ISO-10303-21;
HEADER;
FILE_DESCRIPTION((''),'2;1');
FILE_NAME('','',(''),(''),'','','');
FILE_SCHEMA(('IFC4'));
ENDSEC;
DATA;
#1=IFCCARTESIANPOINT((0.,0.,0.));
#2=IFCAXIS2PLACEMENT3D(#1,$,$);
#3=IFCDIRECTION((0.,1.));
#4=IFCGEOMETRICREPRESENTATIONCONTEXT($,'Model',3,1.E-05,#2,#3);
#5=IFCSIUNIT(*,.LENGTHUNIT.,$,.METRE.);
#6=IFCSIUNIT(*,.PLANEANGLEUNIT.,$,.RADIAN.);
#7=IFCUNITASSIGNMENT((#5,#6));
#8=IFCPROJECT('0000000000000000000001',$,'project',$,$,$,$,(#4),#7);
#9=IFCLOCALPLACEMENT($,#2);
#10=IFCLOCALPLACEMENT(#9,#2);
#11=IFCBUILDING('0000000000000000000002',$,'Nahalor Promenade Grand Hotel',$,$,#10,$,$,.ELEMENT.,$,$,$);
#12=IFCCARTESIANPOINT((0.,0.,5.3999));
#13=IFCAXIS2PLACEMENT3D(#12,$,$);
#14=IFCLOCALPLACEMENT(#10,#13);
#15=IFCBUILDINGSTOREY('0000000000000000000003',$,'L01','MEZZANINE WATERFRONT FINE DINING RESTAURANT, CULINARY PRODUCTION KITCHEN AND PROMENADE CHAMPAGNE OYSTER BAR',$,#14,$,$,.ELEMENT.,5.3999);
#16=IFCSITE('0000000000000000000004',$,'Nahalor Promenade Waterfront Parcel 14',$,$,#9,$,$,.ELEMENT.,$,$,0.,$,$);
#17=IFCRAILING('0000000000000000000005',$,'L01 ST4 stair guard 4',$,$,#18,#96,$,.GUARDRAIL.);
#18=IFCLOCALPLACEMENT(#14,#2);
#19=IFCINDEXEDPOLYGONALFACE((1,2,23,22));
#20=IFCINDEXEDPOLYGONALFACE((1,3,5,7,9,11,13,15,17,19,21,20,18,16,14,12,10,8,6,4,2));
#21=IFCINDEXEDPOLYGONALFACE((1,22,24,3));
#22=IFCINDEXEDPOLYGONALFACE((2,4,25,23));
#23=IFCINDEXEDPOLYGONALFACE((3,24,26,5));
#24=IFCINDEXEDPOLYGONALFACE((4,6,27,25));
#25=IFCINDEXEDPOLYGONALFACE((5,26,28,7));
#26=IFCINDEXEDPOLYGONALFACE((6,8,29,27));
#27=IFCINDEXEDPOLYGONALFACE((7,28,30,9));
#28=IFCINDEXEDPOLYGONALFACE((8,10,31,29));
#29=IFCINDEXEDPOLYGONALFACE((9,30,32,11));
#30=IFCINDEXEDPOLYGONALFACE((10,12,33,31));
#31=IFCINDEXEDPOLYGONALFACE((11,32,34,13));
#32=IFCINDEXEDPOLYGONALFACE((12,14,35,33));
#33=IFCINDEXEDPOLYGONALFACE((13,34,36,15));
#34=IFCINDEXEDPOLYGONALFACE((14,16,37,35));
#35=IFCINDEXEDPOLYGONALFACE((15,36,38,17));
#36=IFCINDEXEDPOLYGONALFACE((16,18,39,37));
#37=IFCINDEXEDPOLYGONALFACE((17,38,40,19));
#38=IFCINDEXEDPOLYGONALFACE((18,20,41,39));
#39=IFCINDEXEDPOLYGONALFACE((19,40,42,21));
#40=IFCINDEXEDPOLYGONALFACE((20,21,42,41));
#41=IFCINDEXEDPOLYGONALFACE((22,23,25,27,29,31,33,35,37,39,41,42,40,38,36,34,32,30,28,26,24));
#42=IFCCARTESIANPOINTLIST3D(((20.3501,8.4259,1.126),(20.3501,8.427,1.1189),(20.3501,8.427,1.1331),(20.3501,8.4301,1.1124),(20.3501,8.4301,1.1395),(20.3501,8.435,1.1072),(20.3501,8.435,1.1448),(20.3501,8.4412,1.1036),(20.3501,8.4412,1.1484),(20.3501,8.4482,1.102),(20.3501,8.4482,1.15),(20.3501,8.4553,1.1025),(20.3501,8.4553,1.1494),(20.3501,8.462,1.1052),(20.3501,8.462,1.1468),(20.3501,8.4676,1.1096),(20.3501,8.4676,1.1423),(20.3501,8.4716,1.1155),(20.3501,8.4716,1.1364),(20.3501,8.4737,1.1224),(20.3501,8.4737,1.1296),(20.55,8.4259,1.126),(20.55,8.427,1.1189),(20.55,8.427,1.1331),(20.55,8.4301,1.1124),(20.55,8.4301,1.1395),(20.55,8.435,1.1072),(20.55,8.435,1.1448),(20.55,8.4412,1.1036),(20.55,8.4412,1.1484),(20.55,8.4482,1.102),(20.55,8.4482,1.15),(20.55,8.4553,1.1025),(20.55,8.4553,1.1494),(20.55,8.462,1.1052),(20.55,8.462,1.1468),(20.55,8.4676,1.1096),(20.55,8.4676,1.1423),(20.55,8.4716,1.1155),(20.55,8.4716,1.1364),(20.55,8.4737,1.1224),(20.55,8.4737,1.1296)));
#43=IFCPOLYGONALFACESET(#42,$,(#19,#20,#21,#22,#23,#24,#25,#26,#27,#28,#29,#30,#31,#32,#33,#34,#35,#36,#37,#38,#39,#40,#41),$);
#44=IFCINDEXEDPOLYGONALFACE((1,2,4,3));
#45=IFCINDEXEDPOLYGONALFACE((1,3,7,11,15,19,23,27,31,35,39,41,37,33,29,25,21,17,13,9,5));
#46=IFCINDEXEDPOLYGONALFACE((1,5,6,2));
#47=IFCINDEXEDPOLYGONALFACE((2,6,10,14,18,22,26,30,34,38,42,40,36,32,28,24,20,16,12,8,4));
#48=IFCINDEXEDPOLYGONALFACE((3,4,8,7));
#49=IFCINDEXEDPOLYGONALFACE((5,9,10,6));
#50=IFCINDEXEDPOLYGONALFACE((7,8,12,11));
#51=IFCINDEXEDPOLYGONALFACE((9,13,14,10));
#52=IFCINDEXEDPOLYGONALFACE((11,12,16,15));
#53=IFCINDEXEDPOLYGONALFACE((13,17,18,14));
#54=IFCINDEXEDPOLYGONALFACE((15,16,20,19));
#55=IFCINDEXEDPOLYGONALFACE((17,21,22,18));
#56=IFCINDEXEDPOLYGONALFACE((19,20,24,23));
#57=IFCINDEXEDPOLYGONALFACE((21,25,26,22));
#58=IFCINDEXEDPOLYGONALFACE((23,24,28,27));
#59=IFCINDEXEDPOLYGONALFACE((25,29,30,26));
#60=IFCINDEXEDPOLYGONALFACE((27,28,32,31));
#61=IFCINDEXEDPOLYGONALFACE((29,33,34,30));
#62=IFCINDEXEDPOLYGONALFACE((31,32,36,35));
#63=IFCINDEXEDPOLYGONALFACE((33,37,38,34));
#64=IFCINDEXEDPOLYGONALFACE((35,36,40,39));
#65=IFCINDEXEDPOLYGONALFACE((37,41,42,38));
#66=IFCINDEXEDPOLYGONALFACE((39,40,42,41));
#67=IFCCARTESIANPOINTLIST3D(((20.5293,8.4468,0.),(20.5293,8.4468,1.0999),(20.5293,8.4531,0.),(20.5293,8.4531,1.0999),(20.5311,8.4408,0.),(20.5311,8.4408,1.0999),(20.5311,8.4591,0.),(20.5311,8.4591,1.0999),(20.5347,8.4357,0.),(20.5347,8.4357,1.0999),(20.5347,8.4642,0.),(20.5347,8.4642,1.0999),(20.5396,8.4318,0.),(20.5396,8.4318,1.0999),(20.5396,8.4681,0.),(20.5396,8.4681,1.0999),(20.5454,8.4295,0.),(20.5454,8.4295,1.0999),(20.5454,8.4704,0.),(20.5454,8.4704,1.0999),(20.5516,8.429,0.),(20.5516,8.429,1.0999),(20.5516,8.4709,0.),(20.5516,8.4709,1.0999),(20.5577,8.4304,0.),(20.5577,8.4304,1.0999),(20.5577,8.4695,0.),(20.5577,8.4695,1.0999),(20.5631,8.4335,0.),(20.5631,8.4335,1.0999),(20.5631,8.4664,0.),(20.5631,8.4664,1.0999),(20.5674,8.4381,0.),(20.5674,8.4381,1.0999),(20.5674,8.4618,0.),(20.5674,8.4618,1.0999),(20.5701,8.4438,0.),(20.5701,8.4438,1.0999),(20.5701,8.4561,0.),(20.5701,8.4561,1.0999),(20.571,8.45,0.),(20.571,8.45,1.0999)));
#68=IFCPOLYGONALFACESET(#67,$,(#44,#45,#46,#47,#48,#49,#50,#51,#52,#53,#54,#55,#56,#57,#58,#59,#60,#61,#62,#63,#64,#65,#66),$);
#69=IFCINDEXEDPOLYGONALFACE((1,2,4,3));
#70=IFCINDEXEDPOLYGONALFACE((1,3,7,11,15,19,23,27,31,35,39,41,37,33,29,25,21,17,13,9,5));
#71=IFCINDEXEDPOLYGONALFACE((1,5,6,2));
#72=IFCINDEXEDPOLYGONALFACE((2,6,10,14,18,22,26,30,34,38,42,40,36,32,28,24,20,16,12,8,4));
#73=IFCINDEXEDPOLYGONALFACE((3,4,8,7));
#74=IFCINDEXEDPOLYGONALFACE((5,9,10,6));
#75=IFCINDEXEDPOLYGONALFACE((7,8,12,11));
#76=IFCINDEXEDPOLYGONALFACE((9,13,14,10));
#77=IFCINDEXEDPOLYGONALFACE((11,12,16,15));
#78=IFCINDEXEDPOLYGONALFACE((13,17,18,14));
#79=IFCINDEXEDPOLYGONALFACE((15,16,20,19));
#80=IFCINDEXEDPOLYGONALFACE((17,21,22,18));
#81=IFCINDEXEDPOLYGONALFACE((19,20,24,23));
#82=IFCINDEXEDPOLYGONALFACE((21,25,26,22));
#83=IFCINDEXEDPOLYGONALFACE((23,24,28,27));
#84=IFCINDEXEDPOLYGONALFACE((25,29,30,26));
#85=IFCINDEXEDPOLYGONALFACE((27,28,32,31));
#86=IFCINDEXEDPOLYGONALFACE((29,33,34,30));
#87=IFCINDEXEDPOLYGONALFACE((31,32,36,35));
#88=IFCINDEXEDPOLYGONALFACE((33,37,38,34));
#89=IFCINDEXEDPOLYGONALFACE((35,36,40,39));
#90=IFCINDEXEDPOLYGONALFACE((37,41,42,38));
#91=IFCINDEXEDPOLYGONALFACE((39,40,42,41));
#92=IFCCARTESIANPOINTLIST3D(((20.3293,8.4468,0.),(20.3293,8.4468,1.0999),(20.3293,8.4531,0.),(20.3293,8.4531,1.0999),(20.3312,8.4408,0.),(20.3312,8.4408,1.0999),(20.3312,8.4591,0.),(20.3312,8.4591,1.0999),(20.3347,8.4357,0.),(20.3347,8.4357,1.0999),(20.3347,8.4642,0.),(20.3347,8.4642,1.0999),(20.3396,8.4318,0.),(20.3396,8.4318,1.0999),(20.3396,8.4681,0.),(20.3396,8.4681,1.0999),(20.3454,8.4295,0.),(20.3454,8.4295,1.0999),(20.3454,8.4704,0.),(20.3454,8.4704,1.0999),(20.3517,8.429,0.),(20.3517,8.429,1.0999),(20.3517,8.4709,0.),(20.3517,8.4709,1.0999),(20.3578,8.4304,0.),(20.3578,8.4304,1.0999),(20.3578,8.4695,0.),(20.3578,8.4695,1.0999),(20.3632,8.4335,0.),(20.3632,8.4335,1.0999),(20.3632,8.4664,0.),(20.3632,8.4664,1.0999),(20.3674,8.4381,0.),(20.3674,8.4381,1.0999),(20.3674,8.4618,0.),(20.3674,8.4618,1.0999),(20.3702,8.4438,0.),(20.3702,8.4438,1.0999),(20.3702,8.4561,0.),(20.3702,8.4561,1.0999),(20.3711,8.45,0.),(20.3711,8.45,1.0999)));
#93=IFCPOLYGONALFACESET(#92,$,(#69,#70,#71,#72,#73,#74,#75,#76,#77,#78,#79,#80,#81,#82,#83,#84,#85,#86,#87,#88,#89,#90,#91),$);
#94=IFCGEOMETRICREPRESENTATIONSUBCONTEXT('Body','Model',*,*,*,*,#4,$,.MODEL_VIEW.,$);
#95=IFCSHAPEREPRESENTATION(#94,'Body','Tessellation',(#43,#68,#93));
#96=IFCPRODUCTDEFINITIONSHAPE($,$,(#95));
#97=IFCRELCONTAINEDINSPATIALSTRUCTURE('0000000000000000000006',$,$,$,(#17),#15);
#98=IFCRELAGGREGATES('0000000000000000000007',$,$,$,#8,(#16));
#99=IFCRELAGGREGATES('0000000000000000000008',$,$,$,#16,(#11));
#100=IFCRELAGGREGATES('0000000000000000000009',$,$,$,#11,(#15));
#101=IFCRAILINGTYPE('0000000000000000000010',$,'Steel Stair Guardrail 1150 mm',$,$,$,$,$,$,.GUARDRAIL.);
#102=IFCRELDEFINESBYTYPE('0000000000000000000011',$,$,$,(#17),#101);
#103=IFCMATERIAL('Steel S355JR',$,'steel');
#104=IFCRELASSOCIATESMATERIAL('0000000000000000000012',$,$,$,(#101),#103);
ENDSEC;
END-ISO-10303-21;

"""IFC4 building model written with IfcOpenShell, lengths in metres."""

from ifc_helpers import new_model, si_unit, direction, frame, origin, origin_2d, place, context, subcontext, project, spatial, circle, extrude, material, type_object, element, save


model = new_model("IFC4")

# Units and contexts
model_context = context("Model", 3, precision=1e-05, world=origin(), true_north=direction((0.0, 1.0)))
body_context = subcontext(model_context, "Body", "Model", "MODEL_VIEW")
ifc_project = project(units=[si_unit("LENGTHUNIT", "METRE"), si_unit("PLANEANGLEUNIT", "RADIAN")], contexts=[model_context])

# Site, building, storey
site_placement = place(None, origin())
site = spatial("IfcSite", under=ifc_project, at=site_placement, Name="Nahalor Promenade Waterfront Parcel 14", CompositionType="ELEMENT", RefElevation=0.0)
building_placement = place(site_placement, origin())
building = spatial("IfcBuilding", under=site, at=building_placement, Name="Nahalor Promenade Grand Hotel", CompositionType="ELEMENT")
storey_placement = place(building_placement, frame((0.0, 0.0, 5.3999)))
storey = spatial("IfcBuildingStorey", under=building, at=storey_placement, Name="L01", Description="MEZZANINE WATERFRONT FINE DINING RESTAURANT, CULINARY PRODUCTION KITCHEN AND PROMENADE CHAMPAGNE OYSTER BAR", CompositionType="ELEMENT", Elevation=5.3999)

# Shared definitions
ifc_material_1 = material(Name="Steel S355JR", Category="steel")

# Railing
railing_type_1 = type_object("IfcRailingType", Name="Steel Stair Guardrail 1150 mm", PredefinedType="GUARDRAIL", material=ifc_material_1)
railing_1_placement = place(storey_placement, frame((20.55, 8.45, 0.0)))
element("IfcRailing", 1, at=railing_1_placement, inside=storey, type_object=railing_type_1, Name="L01 ST4 stair guard 4", PredefinedType="GUARDRAIL", context=body_context, shape_type="SweptSolid", body=[
    extrude(circle(Radius=0.024, at=origin_2d()), frame((0.0, 0.0, 1.126), z_axis=(-1.0, 0.0, 0.0), x_axis=(0.0, -1.0, 0.0)), (0.0, 0.0, 1.0), 0.2),
    extrude(circle(Radius=0.021, at=origin_2d()), origin(), (0.0, 0.0, 1.0), 1.0999),
    extrude(circle(Radius=0.021, at=origin_2d()), frame((-0.2, 0.0, 0.0)), (0.0, 0.0, 1.0), 1.0999),
])

save(model, "model.ifc")
